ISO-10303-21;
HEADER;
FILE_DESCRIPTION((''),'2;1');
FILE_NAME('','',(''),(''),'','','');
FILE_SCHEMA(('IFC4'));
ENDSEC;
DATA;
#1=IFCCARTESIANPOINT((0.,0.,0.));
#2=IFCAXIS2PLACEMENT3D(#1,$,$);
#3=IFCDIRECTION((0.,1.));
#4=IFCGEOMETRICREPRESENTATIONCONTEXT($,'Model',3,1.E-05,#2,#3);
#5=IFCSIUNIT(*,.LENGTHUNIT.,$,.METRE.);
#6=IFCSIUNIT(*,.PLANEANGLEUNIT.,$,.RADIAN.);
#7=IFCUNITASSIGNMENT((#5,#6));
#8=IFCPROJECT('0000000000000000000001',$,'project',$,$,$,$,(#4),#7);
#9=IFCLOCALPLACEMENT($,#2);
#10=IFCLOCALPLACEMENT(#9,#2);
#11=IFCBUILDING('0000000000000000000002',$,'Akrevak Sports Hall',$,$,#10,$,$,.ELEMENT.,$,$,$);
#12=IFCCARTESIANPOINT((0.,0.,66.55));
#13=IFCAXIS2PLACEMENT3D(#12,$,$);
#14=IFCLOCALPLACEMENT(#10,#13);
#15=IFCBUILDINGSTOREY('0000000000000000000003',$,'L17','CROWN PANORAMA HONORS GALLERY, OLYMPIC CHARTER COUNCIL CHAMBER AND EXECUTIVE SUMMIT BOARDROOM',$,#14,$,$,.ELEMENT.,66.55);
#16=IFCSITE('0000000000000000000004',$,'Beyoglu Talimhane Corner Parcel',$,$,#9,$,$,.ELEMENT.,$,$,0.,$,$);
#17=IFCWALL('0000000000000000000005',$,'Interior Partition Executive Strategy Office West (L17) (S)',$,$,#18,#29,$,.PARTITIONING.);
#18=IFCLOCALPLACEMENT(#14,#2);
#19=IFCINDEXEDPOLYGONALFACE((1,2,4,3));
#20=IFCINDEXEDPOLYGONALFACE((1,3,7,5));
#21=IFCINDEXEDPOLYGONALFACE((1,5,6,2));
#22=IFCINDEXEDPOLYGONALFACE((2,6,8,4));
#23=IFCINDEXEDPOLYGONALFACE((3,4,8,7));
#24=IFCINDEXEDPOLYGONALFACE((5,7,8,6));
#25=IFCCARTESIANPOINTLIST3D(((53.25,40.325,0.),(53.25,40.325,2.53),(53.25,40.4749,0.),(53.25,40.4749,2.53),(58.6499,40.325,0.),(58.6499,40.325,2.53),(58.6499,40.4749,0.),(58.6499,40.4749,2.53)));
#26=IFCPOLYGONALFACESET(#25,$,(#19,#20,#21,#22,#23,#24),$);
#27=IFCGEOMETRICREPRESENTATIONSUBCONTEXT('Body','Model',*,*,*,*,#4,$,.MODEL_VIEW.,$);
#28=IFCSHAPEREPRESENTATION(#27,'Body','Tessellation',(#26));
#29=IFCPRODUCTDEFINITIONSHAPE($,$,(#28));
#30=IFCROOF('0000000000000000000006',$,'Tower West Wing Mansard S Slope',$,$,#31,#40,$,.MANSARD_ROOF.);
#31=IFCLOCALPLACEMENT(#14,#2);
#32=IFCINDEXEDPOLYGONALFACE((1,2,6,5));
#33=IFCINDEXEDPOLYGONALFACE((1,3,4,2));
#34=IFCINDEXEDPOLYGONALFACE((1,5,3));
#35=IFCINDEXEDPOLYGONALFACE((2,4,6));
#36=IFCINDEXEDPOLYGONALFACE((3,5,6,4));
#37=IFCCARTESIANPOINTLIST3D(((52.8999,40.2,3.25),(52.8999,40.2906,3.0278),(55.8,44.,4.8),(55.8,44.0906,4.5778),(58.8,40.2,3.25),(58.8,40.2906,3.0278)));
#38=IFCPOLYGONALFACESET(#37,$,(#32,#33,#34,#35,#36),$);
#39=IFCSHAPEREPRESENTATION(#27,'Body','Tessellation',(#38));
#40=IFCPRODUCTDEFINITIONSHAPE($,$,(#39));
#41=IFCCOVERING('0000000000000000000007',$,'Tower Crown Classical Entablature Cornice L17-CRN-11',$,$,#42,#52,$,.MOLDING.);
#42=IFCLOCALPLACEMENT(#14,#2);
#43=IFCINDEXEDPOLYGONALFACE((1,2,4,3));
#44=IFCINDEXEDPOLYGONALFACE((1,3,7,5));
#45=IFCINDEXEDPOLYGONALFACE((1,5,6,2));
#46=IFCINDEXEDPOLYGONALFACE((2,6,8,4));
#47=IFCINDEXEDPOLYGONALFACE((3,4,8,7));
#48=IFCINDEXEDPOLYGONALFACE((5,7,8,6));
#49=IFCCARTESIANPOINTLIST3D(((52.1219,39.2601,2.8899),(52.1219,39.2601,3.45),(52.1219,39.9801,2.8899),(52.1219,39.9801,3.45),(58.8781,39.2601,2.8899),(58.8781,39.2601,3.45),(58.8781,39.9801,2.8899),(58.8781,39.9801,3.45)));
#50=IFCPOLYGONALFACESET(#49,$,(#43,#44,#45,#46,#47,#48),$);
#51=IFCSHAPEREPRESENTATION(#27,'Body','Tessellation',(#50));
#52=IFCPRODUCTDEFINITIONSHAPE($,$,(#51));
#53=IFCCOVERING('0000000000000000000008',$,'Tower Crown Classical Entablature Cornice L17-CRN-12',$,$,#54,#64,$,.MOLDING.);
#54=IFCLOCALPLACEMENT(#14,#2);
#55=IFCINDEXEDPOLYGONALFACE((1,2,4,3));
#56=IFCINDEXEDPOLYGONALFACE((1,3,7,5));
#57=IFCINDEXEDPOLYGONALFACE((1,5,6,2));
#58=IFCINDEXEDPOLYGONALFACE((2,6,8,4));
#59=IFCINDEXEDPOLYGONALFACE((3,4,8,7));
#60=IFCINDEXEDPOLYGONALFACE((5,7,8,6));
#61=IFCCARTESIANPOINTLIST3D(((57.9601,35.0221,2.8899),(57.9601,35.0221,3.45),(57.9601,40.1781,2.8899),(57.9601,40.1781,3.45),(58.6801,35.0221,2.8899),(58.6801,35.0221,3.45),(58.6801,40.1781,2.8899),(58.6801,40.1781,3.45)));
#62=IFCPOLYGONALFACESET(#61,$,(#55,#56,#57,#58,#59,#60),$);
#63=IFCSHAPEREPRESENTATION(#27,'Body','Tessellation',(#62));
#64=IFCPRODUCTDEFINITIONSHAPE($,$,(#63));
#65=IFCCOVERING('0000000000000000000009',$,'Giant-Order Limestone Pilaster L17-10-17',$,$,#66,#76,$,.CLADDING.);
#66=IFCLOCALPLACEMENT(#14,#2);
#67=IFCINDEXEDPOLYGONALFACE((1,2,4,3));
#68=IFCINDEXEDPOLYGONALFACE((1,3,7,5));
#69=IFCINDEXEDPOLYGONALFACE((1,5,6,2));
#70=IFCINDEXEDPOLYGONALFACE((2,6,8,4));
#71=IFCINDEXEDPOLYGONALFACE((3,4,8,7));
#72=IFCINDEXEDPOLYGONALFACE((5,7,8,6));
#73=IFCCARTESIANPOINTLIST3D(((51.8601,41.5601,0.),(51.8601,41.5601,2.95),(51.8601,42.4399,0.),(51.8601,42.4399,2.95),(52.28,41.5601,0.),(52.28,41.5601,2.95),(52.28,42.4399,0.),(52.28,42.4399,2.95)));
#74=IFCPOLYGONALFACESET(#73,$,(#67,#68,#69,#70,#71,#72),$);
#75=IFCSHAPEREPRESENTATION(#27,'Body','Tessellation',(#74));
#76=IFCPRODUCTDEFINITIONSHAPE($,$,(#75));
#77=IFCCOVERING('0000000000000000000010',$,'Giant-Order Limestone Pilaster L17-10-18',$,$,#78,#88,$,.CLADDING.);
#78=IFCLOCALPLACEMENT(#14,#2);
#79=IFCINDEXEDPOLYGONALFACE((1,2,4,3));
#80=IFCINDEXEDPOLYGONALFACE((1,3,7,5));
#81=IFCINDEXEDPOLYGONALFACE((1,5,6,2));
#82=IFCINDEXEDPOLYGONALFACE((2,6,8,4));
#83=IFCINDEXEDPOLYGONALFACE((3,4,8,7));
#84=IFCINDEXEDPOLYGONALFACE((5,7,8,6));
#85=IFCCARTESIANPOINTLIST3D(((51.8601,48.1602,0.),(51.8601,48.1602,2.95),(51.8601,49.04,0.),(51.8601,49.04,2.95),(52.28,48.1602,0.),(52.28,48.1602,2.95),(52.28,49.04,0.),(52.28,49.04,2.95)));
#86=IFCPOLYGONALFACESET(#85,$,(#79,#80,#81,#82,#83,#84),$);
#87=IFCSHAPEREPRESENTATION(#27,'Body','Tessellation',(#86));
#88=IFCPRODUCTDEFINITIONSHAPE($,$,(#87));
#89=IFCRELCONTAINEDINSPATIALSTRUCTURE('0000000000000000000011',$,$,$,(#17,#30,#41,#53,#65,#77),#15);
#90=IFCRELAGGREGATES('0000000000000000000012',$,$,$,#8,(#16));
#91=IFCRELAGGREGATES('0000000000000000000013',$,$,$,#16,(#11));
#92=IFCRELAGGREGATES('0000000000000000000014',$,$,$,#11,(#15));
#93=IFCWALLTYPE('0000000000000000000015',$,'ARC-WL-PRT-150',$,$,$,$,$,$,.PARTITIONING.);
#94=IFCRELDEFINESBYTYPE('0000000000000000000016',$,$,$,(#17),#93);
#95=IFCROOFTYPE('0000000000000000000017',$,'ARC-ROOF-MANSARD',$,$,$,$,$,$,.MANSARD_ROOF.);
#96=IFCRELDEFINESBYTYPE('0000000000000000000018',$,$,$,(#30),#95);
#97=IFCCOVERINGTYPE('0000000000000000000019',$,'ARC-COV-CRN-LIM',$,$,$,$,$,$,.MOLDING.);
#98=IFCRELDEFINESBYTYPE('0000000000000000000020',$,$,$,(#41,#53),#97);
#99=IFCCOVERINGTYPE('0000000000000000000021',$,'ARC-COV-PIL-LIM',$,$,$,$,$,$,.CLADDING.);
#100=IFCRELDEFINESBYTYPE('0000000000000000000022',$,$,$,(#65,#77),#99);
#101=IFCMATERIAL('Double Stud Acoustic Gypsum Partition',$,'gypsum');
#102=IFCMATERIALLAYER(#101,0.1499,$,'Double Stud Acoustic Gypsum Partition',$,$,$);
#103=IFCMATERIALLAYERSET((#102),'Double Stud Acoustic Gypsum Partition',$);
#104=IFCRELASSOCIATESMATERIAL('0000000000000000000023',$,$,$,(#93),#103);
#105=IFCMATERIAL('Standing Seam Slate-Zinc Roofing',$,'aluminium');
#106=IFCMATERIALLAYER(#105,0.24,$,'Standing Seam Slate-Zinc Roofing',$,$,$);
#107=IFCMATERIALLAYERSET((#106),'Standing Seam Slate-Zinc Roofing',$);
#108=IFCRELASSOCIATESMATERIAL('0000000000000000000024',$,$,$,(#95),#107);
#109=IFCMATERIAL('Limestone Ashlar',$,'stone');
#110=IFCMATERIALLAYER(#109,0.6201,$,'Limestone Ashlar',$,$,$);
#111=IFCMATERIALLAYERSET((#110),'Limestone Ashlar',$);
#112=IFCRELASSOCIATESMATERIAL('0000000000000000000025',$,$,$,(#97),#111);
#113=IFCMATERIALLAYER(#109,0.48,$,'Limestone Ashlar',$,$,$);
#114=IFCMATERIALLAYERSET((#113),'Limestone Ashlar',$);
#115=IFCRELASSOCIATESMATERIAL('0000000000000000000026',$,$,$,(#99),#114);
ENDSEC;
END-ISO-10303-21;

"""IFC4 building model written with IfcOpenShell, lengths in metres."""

from ifc_helpers import new_model, si_unit, direction, frame, frame_2d, origin, origin_2d, place, context, subcontext, project, spatial, polyline, rectangle, outline, extrude, material, layer, layer_set, type_object, element, save


model = new_model("IFC4")

# Units and contexts
model_context = context("Model", 3, precision=1e-05, world=origin(), true_north=direction((0.0, 1.0)))
body_context = subcontext(model_context, "Body", "Model", "MODEL_VIEW")
ifc_project = project(units=[si_unit("LENGTHUNIT", "METRE"), si_unit("PLANEANGLEUNIT", "RADIAN")], contexts=[model_context])

# Site, building, storey
site_placement = place(None, origin())
site = spatial("IfcSite", under=ifc_project, at=site_placement, Name="Beyoglu Talimhane Corner Parcel", CompositionType="ELEMENT", RefElevation=0.0)
building_placement = place(site_placement, origin())
building = spatial("IfcBuilding", under=site, at=building_placement, Name="Akrevak Sports Hall", CompositionType="ELEMENT")
storey_placement = place(building_placement, frame((0.0, 0.0, 66.55)))
storey = spatial("IfcBuildingStorey", under=building, at=storey_placement, Name="L17", Description="CROWN PANORAMA HONORS GALLERY, OLYMPIC CHARTER COUNCIL CHAMBER AND EXECUTIVE SUMMIT BOARDROOM", CompositionType="ELEMENT", Elevation=66.55)

# Shared definitions
ifc_material_1 = material(Name="Limestone Ashlar", Category="stone")

# Wall
ifc_material_2 = material(Name="Double Stud Acoustic Gypsum Partition", Category="gypsum")
ifc_layer_1 = layer(ifc_material_2, 0.1499, Name="Double Stud Acoustic Gypsum Partition")
ifc_layer_set_1 = layer_set([ifc_layer_1], Name="Double Stud Acoustic Gypsum Partition")
wall_type_1 = type_object("IfcWallType", Name="ARC-WL-PRT-150", PredefinedType="PARTITIONING", material=ifc_layer_set_1)
wall_1_placement = place(storey_placement, frame((53.25, 40.3999, 0.0), z_axis=(0.0, 0.0, 1.0), x_axis=(1.0, 0.0, 0.0)))
element("IfcWall", 1, at=wall_1_placement, inside=storey, type_object=wall_type_1, Name="Interior Partition Executive Strategy Office West (L17) (S)", PredefinedType="PARTITIONING", context=body_context, shape_type="SweptSolid", body=[
    extrude(rectangle(XDim=5.3999, YDim=0.1499, at=frame_2d((2.7, 0.0))), origin(), (0.0, 0.0, 1.0), 2.53),
])

# Roof
ifc_material_3 = material(Name="Standing Seam Slate-Zinc Roofing", Category="aluminium")
ifc_layer_2 = layer(ifc_material_3, 0.24, Name="Standing Seam Slate-Zinc Roofing")
ifc_layer_set_2 = layer_set([ifc_layer_2], Name="Standing Seam Slate-Zinc Roofing")
roof_type = type_object("IfcRoofType", Name="ARC-ROOF-MANSARD", PredefinedType="MANSARD_ROOF", material=ifc_layer_set_2)
roof_placement = place(storey_placement, frame((52.8999, 40.2, 3.25), z_axis=(0.0, -0.37769, 0.925932), x_axis=(1.0, 0.0, 0.0)))
element("IfcRoof", 2, at=roof_placement, inside=storey, type_object=roof_type, Name="Tower West Wing Mansard S Slope", PredefinedType="MANSARD_ROOF", context=body_context, shape_type="SweptSolid", body=[
    extrude(outline(polyline([(0.0, 0.0), (5.9001, 0.0), (2.9001, 4.104), (0.0, 0.0)])), origin(), (0.0, 0.0, -1.0), 0.24),
])

# Coverings
ifc_layer_3 = layer(ifc_material_1, 0.6201, Name="Limestone Ashlar")
ifc_layer_set_3 = layer_set([ifc_layer_3], Name="Limestone Ashlar")
covering_type_1 = type_object("IfcCoveringType", Name="ARC-COV-CRN-LIM", PredefinedType="MOLDING", material=ifc_layer_set_3)
covering_1_placement = place(storey_placement, frame((55.5, 39.6201, 2.8899), z_axis=(0.0, 0.0, 1.0), x_axis=(1.0, 0.0, 0.0)))
element("IfcCovering", 3, at=covering_1_placement, inside=storey, type_object=covering_type_1, Name="Tower Crown Classical Entablature Cornice L17-CRN-11", PredefinedType="MOLDING", context=body_context, shape_type="SweptSolid", body=[
    extrude(rectangle(XDim=6.7561, YDim=0.72, at=origin_2d()), origin(), (0.0, 0.0, 1.0), 0.5601),
])
covering_2_placement = place(storey_placement, frame((58.3201, 37.6001, 2.8899), z_axis=(0.0, 0.0, 1.0), x_axis=(0.0, -1.0, 0.0)))
element("IfcCovering", 4, at=covering_2_placement, inside=storey, type_object=covering_type_1, Name="Tower Crown Classical Entablature Cornice L17-CRN-12", PredefinedType="MOLDING", context=body_context, shape_type="SweptSolid", body=[
    extrude(rectangle(XDim=5.156, YDim=0.72, at=origin_2d()), origin(), (0.0, 0.0, 1.0), 0.5601),
])
ifc_layer_4 = layer(ifc_material_1, 0.48, Name="Limestone Ashlar")
ifc_layer_set_4 = layer_set([ifc_layer_4], Name="Limestone Ashlar")
covering_type_2 = type_object("IfcCoveringType", Name="ARC-COV-PIL-LIM", PredefinedType="CLADDING", material=ifc_layer_set_4)
for number, where, z_axis, x_axis, name in (
    (5, (52.0701, 42.0, 0.0), (0.0, 0.0, 1.0), (0.0, -1.0, 0.0), "Giant-Order Limestone Pilaster L17-10-17"),
    (6, (52.0701, 48.6001, 0.0), (0.0, 0.0, 1.0), (0.0, -1.0, 0.0), "Giant-Order Limestone Pilaster L17-10-18"),
):
    element("IfcCovering", number, at=place(storey_placement, frame(where, z_axis=z_axis, x_axis=x_axis)), inside=storey, type_object=covering_type_2, Name=name, PredefinedType="CLADDING", context=body_context, shape_type="SweptSolid", body=[
        extrude(rectangle(XDim=0.8799, YDim=0.4199, at=origin_2d()), origin(), (0.0, 0.0, 1.0), 2.95),
    ])

save(model, "model.ifc")
